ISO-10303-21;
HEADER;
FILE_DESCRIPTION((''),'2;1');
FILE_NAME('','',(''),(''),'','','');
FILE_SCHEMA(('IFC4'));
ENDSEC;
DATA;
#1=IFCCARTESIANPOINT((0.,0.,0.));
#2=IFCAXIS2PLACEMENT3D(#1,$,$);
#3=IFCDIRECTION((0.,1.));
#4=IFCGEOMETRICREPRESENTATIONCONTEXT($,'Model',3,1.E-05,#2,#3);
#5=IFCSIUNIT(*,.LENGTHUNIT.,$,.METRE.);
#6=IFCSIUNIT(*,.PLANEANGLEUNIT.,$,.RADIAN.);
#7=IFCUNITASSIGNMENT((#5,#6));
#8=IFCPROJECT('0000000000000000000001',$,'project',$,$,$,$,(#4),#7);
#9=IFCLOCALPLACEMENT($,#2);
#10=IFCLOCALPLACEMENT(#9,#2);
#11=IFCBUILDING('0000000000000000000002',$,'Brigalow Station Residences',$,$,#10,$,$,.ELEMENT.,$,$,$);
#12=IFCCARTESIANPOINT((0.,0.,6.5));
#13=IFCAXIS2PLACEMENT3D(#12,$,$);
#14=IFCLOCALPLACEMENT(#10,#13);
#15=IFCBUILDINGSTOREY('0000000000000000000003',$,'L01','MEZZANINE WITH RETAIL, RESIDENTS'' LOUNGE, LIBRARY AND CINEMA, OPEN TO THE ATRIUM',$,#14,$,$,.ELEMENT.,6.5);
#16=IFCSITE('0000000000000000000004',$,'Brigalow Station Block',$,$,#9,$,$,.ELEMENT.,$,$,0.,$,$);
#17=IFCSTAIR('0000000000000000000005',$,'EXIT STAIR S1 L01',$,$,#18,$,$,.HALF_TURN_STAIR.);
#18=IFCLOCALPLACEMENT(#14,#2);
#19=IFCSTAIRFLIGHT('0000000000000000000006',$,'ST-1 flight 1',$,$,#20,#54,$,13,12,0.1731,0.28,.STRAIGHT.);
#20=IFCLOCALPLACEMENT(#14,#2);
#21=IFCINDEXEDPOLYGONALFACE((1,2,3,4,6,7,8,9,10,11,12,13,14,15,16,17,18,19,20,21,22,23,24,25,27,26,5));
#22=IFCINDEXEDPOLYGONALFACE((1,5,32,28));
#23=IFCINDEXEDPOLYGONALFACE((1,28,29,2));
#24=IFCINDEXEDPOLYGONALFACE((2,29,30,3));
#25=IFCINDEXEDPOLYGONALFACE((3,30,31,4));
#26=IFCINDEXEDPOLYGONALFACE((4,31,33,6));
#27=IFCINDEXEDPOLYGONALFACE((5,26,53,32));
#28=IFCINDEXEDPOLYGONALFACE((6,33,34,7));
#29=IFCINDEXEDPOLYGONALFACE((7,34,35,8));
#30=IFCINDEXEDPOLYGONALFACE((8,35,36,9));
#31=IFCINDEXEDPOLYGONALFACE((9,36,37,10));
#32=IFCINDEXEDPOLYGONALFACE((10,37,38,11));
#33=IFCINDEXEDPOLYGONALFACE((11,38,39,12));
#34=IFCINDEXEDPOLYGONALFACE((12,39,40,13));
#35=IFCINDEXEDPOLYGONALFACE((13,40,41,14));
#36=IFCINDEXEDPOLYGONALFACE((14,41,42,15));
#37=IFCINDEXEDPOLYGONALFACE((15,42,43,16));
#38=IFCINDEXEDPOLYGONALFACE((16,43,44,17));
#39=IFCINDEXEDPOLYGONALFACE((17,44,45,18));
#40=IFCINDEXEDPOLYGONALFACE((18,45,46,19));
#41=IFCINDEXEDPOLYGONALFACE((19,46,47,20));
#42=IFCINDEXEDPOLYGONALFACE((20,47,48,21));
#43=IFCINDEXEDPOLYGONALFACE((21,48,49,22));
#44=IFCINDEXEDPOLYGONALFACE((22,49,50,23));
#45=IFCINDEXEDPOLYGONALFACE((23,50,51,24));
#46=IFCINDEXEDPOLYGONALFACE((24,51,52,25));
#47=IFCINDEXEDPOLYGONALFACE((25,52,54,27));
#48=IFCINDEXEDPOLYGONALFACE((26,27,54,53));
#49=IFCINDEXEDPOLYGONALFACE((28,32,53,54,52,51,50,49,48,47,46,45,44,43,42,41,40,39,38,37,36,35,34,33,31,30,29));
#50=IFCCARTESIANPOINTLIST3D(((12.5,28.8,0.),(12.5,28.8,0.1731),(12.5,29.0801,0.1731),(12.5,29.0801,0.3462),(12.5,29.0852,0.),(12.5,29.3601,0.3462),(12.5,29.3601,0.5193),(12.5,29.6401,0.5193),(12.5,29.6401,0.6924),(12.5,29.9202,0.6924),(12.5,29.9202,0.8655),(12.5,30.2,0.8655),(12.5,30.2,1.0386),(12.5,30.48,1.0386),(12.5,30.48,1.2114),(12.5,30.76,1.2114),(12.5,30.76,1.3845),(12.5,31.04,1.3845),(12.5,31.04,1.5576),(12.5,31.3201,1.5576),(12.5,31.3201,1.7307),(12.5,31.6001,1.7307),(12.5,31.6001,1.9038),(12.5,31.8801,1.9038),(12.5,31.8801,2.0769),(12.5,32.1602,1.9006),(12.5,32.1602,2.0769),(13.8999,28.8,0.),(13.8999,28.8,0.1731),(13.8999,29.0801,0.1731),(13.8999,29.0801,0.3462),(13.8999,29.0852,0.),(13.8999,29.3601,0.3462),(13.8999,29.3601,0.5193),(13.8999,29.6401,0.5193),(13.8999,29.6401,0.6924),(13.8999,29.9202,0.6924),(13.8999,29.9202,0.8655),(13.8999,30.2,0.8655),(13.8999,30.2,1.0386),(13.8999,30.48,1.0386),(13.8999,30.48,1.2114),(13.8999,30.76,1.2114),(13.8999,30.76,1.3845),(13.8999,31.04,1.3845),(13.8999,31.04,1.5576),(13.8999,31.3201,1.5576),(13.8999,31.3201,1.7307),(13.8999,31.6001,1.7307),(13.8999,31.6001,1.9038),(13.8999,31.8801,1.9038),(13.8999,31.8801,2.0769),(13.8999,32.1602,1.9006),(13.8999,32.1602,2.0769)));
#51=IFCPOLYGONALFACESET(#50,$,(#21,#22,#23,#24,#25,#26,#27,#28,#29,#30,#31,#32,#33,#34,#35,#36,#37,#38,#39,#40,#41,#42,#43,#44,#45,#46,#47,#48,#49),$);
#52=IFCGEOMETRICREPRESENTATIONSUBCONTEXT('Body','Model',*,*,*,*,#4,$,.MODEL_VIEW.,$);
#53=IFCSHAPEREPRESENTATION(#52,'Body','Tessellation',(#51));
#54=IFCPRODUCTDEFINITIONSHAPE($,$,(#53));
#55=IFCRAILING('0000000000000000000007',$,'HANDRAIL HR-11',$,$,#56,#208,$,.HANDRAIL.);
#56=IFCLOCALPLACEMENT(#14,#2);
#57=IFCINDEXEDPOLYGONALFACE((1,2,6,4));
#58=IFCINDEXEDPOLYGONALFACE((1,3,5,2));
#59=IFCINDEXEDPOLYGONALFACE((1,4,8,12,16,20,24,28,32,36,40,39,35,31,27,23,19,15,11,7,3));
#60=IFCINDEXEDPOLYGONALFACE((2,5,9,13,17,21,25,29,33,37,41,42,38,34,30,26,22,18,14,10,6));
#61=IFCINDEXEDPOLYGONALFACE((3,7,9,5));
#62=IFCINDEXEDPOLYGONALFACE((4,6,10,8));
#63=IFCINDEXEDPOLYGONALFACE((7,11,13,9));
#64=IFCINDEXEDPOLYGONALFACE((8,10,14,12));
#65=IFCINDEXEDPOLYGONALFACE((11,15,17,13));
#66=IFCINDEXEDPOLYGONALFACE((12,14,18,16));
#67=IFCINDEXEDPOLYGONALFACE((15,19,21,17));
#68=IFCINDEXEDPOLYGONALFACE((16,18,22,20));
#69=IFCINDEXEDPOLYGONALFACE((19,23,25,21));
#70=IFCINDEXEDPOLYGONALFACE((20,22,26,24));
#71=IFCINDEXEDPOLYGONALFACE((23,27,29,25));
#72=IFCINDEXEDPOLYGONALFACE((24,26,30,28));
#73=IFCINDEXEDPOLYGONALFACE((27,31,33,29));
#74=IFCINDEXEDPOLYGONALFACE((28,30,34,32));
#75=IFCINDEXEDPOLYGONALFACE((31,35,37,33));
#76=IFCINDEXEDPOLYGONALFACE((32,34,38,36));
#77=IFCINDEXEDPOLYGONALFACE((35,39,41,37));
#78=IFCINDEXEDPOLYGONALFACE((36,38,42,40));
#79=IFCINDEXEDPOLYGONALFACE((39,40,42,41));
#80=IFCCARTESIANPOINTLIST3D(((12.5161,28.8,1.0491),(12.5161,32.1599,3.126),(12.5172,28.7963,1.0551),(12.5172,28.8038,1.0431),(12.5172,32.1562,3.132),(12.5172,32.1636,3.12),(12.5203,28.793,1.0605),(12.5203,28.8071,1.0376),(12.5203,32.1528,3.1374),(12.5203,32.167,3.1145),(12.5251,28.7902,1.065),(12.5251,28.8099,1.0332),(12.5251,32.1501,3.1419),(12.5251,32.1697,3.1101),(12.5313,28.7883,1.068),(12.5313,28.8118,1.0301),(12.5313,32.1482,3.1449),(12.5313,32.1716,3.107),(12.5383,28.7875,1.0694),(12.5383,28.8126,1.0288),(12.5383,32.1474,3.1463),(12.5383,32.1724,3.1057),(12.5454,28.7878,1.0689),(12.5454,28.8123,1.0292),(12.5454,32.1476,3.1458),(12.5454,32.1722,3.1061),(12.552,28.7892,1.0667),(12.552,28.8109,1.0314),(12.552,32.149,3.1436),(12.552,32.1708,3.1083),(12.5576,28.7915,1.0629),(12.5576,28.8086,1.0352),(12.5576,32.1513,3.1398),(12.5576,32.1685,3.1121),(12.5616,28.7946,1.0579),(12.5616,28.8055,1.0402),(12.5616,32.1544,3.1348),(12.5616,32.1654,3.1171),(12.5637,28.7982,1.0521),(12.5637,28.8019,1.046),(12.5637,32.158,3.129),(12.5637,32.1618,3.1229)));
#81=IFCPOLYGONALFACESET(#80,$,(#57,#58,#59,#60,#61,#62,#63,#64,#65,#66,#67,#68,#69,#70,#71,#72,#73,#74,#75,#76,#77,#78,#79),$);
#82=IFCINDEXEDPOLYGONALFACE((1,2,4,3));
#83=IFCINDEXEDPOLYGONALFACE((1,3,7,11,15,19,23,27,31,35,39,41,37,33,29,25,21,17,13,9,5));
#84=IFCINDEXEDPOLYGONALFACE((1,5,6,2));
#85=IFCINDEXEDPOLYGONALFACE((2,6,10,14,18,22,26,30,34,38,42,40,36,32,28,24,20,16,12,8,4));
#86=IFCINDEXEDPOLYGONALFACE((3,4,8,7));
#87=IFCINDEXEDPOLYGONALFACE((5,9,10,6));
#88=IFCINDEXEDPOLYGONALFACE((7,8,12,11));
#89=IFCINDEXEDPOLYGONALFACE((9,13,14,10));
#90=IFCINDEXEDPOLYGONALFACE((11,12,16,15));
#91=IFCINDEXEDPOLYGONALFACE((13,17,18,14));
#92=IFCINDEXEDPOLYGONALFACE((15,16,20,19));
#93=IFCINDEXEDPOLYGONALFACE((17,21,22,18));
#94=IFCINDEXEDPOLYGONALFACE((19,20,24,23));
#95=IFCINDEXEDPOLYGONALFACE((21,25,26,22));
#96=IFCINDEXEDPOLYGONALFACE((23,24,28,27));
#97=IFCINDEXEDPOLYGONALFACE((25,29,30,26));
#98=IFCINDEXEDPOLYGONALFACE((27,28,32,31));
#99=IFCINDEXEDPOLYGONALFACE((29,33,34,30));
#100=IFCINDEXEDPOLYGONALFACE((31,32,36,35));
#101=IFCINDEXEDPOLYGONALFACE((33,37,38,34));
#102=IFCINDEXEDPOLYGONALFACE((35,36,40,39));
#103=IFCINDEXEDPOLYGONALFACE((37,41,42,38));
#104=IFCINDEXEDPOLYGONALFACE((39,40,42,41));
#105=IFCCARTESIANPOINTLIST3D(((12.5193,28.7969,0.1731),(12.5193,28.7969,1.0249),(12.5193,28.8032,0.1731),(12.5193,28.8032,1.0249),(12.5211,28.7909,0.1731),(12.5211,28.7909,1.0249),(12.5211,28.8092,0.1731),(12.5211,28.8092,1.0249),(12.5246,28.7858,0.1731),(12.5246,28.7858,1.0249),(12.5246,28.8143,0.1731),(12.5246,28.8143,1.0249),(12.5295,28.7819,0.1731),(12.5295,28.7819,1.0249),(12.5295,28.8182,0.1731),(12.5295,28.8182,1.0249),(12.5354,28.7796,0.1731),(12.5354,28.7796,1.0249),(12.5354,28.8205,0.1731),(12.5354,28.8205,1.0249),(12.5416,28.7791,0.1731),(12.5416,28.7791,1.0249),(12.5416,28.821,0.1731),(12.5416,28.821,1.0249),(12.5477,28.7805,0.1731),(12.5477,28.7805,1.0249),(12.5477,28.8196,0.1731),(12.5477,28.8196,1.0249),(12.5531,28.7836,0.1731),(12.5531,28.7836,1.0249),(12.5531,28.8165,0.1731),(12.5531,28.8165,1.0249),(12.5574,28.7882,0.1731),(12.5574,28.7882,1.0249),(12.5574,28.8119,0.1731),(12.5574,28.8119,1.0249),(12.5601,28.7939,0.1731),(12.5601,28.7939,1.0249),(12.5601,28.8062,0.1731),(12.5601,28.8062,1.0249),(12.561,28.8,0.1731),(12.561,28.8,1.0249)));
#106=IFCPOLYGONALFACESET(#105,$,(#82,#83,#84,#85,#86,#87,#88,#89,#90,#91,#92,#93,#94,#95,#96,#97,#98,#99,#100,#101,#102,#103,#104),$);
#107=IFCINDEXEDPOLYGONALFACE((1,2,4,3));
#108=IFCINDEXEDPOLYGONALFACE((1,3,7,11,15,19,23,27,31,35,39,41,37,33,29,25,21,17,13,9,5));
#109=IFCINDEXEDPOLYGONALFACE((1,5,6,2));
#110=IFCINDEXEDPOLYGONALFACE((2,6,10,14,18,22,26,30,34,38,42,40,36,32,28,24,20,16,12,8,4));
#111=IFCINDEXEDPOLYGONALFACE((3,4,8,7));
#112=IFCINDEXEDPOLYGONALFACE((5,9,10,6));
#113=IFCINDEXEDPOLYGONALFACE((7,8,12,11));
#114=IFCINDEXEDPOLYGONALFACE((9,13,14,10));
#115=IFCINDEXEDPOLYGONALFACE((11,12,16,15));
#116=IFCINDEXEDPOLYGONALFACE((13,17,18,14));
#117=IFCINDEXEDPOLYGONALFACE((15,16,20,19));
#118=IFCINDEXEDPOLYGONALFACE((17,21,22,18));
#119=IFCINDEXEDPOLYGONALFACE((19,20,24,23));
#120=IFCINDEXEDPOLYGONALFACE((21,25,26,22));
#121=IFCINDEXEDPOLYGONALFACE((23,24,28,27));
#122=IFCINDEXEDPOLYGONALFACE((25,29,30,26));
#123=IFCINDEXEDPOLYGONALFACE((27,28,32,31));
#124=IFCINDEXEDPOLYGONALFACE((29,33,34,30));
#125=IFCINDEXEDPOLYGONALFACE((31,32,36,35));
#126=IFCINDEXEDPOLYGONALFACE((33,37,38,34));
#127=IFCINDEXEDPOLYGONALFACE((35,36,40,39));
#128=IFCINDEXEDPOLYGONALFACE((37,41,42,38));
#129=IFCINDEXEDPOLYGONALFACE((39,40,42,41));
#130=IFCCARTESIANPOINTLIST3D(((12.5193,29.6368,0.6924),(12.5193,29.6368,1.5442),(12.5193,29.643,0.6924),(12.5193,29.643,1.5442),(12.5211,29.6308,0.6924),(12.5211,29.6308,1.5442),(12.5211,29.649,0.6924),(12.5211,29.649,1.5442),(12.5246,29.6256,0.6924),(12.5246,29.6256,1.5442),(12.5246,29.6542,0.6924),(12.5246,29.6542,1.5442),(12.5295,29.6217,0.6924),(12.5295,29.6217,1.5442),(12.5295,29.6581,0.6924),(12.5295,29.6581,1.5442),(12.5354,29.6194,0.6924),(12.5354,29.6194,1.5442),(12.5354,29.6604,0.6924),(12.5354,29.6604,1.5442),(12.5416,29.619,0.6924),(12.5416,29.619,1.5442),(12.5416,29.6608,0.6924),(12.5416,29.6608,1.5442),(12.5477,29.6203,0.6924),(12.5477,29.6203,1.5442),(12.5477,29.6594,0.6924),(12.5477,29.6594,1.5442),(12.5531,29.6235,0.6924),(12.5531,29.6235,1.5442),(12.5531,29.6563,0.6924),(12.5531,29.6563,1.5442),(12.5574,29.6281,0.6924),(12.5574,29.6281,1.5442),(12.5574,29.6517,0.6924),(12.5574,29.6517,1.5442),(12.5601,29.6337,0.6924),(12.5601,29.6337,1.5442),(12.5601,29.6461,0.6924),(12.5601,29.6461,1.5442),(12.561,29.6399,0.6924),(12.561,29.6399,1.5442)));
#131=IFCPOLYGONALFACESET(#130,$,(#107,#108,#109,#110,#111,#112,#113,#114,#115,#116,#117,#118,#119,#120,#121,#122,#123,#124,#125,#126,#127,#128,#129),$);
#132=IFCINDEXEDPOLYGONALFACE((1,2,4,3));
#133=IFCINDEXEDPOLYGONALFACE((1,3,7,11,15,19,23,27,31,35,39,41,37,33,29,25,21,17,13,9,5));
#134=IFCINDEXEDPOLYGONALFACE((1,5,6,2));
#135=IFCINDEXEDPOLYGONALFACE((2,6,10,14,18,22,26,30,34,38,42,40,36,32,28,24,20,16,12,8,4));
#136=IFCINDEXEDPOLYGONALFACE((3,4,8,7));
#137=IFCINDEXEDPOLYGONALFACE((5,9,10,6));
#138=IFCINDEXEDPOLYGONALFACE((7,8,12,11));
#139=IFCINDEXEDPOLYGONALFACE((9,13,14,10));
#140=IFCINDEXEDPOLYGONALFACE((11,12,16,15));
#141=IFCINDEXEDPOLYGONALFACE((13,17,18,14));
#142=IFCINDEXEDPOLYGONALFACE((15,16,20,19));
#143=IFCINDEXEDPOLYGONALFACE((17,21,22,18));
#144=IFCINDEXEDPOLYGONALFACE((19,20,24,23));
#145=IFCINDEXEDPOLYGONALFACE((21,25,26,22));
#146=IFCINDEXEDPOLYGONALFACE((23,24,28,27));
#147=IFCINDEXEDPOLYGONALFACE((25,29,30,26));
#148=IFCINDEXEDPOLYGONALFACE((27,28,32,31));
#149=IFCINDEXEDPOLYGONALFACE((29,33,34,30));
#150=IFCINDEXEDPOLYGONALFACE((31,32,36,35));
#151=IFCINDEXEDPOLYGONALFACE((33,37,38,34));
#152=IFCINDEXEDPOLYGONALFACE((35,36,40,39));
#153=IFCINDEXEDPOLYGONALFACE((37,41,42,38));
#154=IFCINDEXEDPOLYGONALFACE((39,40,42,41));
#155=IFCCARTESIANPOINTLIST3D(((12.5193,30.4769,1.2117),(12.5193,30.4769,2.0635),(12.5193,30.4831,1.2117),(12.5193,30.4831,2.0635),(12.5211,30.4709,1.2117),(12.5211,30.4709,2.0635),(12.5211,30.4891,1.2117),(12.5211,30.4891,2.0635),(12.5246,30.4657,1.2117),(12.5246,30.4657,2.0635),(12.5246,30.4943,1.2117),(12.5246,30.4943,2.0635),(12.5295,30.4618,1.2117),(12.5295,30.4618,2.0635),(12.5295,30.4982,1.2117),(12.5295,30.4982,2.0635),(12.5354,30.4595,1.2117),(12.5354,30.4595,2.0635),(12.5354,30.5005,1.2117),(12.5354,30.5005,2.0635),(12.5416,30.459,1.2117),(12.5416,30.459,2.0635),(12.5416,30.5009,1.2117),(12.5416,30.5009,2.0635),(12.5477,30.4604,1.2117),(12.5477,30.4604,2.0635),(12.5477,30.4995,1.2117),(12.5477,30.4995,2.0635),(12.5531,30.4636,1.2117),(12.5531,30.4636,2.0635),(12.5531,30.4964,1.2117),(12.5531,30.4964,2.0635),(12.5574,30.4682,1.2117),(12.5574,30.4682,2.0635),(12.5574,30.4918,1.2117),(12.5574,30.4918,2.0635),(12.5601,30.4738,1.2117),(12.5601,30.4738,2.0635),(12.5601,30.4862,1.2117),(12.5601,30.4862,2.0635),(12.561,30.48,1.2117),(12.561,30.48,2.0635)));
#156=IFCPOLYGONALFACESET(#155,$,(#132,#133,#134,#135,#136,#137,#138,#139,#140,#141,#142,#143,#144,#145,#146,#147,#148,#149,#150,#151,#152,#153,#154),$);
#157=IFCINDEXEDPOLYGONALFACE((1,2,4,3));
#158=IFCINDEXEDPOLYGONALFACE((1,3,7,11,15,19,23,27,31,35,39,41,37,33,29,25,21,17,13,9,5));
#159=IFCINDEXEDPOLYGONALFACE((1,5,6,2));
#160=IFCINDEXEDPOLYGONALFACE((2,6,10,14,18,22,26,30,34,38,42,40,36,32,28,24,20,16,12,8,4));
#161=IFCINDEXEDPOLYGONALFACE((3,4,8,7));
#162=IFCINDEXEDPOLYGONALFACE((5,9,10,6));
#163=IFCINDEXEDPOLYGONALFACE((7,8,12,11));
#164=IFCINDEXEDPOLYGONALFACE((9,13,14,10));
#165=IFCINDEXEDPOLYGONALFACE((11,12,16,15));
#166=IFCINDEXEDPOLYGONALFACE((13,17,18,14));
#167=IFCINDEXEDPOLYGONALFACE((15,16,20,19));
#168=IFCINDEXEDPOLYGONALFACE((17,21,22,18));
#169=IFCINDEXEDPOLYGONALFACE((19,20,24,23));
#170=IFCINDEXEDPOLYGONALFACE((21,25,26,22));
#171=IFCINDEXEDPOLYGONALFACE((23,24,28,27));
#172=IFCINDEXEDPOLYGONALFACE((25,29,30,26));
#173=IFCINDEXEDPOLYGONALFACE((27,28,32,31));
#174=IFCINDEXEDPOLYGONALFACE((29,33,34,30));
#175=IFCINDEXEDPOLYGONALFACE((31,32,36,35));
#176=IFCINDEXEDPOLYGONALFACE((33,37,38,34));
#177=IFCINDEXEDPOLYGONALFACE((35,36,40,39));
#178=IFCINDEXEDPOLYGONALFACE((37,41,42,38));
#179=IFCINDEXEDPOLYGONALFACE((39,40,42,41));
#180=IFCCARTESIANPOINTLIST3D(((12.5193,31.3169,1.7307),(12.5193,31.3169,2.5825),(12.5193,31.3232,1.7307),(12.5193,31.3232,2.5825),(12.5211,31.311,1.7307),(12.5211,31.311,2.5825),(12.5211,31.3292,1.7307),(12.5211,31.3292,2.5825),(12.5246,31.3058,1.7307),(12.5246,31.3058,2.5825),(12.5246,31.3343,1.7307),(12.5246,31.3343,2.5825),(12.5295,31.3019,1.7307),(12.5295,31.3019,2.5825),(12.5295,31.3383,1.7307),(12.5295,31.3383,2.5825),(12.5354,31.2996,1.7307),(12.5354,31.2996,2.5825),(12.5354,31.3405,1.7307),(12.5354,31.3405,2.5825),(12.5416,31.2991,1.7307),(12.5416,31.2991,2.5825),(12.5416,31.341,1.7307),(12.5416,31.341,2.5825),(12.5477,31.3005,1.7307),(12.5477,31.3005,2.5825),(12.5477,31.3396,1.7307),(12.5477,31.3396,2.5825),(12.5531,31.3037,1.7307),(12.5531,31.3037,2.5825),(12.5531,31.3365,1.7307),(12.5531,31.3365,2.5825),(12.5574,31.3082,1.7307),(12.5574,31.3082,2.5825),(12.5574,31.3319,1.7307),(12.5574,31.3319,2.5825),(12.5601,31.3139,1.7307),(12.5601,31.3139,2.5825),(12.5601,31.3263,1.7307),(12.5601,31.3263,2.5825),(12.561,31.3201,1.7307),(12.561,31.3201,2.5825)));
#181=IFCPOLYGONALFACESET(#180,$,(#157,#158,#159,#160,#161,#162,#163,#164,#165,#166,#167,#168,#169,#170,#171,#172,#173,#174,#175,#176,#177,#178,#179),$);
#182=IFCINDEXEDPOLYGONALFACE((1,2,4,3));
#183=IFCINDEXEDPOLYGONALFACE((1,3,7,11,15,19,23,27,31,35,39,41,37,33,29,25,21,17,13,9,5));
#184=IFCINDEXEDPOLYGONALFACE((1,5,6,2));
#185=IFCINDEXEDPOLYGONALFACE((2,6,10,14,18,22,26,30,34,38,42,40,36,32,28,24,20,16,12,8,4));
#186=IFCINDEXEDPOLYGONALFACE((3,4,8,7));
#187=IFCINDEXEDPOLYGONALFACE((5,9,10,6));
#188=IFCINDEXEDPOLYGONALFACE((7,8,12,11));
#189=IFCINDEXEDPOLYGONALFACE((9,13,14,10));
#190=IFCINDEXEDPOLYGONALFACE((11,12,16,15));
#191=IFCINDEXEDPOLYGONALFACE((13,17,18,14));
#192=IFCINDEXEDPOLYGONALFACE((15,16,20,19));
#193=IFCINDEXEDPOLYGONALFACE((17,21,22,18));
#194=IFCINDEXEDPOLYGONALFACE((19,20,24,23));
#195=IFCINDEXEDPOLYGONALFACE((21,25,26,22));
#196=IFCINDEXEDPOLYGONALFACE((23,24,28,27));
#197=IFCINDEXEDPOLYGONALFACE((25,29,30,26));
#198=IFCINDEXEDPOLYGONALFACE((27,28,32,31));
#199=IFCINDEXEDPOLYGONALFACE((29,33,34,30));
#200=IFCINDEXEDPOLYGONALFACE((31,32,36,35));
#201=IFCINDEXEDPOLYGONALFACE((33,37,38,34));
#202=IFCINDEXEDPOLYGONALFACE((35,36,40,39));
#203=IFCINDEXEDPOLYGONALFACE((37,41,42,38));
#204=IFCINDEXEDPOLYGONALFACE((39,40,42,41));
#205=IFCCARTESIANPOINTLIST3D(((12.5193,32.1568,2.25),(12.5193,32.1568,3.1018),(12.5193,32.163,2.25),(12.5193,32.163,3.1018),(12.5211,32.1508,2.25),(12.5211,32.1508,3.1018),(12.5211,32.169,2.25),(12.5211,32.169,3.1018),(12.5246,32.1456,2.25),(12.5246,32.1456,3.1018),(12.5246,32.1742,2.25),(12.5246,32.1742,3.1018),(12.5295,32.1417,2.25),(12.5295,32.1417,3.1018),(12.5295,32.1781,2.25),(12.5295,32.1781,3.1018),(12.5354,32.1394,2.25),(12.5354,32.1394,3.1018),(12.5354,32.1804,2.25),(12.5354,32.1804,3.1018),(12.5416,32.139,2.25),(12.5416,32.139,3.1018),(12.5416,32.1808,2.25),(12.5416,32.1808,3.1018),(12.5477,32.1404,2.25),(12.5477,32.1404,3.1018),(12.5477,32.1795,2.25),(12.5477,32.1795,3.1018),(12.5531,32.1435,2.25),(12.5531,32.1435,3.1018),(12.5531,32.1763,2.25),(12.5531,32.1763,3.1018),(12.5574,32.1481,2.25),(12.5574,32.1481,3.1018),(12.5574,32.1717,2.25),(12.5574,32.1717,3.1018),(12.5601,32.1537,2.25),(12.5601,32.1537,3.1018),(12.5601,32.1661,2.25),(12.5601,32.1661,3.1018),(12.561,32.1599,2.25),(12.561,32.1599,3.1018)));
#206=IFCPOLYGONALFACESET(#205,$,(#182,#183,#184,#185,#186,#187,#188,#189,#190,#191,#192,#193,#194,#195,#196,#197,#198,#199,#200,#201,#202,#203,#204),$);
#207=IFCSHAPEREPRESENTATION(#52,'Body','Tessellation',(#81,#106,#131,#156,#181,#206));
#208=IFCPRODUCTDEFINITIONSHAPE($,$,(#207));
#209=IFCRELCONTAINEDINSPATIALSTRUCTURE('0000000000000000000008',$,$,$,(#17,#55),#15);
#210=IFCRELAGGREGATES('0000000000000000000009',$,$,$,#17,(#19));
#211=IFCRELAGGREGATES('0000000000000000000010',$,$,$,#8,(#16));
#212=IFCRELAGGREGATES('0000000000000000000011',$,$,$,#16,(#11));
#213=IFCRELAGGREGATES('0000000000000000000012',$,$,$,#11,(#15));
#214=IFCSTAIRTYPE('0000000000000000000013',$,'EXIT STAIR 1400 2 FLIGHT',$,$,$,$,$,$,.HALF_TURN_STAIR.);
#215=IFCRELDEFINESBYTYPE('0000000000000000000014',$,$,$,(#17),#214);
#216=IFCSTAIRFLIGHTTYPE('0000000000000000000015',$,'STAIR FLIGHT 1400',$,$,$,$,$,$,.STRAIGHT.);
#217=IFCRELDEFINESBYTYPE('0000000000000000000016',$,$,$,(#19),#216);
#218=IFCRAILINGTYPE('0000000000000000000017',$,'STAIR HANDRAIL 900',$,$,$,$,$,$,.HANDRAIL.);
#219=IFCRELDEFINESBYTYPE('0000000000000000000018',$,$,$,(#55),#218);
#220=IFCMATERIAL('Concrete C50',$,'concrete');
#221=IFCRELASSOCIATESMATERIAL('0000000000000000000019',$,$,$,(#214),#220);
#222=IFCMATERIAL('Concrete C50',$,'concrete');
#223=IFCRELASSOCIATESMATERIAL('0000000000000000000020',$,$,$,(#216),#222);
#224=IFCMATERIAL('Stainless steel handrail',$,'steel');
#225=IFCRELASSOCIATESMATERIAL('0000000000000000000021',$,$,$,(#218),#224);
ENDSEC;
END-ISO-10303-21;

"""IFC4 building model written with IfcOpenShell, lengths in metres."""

from ifc_helpers import new_model, si_unit, direction, frame, origin, origin_2d, place, context, subcontext, project, spatial, polyline, circle, outline, extrude, material, type_object, element, aggregate, save


model = new_model("IFC4")

# Units and contexts
model_context = context("Model", 3, precision=1e-05, world=origin(), true_north=direction((0.0, 1.0)))
body_context = subcontext(model_context, "Body", "Model", "MODEL_VIEW")
ifc_project = project(units=[si_unit("LENGTHUNIT", "METRE"), si_unit("PLANEANGLEUNIT", "RADIAN")], contexts=[model_context])

# Site, building, storey
site_placement = place(None, origin())
site = spatial("IfcSite", under=ifc_project, at=site_placement, Name="Brigalow Station Block", CompositionType="ELEMENT", RefElevation=0.0)
building_placement = place(site_placement, origin())
building = spatial("IfcBuilding", under=site, at=building_placement, Name="Brigalow Station Residences", CompositionType="ELEMENT")
storey_placement = place(building_placement, frame((0.0, 0.0, 6.5)))
storey = spatial("IfcBuildingStorey", under=building, at=storey_placement, Name="L01", Description="MEZZANINE WITH RETAIL, RESIDENTS' LOUNGE, LIBRARY AND CINEMA, OPEN TO THE ATRIUM", CompositionType="ELEMENT", Elevation=6.5)

# Stair, stair flight
ifc_material_1 = material(Name="Concrete C50", Category="concrete")
stair_type = type_object("IfcStairType", Name="EXIT STAIR 1400 2 FLIGHT", PredefinedType="HALF_TURN_STAIR", material=ifc_material_1)
stair_placement = place(storey_placement, origin())
stair = element("IfcStair", 1, at=stair_placement, inside=storey, type_object=stair_type, Name="EXIT STAIR S1 L01", PredefinedType="HALF_TURN_STAIR")
ifc_material_2 = material(Name="Concrete C50", Category="concrete")
stair_flight_type = type_object("IfcStairFlightType", Name="STAIR FLIGHT 1400", PredefinedType="STRAIGHT", material=ifc_material_2)
stair_flight_placement = place(storey_placement, frame((13.2, 28.8, 0.0), z_axis=(0.0, 0.0, 1.0), x_axis=(0.0, 1.0, 0.0)))
stair_flight = element("IfcStairFlight", 2, at=stair_flight_placement, type_object=stair_flight_type, Name="ST-1 flight 1", NumberOfRisers=13, NumberOfTreads=12, PredefinedType="STRAIGHT", RiserHeight=0.1731, TreadLength=0.28, context=body_context, shape_type="SweptSolid", body=[
    extrude(outline(polyline([(0.0, 0.0), (0.0, 0.1731), (0.28, 0.1731), (0.28, 0.3462), (0.5601, 0.3462), (0.5601, 0.5193), (0.8401, 0.5193), (0.8401, 0.6924), (1.1201, 0.6924), (1.1201, 0.8655), (1.3999, 0.8655), (1.3999, 1.0386), (1.6799, 1.0386), (1.6799, 1.2114), (1.96, 1.2114), (1.96, 1.3845), (2.24, 1.3845), (2.24, 1.5576), (2.52, 1.5576), (2.52, 1.7307), (2.8, 1.7307), (2.8, 1.9038), (3.0801, 1.9038), (3.0801, 2.0769), (3.3601, 2.0769), (3.3601, 2.25), (3.3601, 1.9006), (0.2852, 0.0), (0.0, 0.0)])), frame((0.0, 0.7, 0.0), z_axis=(0.0, -1.0, 0.0), x_axis=(1.0, 0.0, 0.0)), (0.0, 0.0, 1.0), 1.3999),
])
aggregate(stair, [stair_flight])

# Railing
ifc_material_3 = material(Name="Stainless steel handrail", Category="steel")
railing_type_1 = type_object("IfcRailingType", Name="STAIR HANDRAIL 900", PredefinedType="HANDRAIL", material=ifc_material_3)
railing_1_placement = place(storey_placement, frame((12.54, 28.8, 0.1731)))
element("IfcRailing", 3, at=railing_1_placement, inside=storey, type_object=railing_type_1, Name="HANDRAIL HR-11", PredefinedType="HANDRAIL", context=body_context, shape_type="SweptSolid", body=[
    extrude(circle(Radius=0.0239, at=origin_2d()), frame((0.0, 0.0, 0.876), z_axis=(0.0, 0.850606, 0.525803), x_axis=(-1.0, 0.0, 0.0)), (0.0, 0.0, 1.0), 3.95),
    extrude(circle(Radius=0.021, at=origin_2d()), origin(), (0.0, 0.0, 1.0), 0.8518),
    extrude(circle(Radius=0.021, at=origin_2d()), frame((0.0, 0.8398, 0.5193)), (0.0, 0.0, 1.0), 0.8518),
    extrude(circle(Radius=0.021, at=origin_2d()), frame((0.0, 1.6799, 1.0386)), (0.0, 0.0, 1.0), 0.8518),
    extrude(circle(Radius=0.021, at=origin_2d()), frame((0.0, 2.52, 1.5576)), (0.0, 0.0, 1.0), 0.8518),
    extrude(circle(Radius=0.021, at=origin_2d()), frame((0.0, 3.3599, 2.0769)), (0.0, 0.0, 1.0), 0.8518),
])

save(model, "model.ifc")
